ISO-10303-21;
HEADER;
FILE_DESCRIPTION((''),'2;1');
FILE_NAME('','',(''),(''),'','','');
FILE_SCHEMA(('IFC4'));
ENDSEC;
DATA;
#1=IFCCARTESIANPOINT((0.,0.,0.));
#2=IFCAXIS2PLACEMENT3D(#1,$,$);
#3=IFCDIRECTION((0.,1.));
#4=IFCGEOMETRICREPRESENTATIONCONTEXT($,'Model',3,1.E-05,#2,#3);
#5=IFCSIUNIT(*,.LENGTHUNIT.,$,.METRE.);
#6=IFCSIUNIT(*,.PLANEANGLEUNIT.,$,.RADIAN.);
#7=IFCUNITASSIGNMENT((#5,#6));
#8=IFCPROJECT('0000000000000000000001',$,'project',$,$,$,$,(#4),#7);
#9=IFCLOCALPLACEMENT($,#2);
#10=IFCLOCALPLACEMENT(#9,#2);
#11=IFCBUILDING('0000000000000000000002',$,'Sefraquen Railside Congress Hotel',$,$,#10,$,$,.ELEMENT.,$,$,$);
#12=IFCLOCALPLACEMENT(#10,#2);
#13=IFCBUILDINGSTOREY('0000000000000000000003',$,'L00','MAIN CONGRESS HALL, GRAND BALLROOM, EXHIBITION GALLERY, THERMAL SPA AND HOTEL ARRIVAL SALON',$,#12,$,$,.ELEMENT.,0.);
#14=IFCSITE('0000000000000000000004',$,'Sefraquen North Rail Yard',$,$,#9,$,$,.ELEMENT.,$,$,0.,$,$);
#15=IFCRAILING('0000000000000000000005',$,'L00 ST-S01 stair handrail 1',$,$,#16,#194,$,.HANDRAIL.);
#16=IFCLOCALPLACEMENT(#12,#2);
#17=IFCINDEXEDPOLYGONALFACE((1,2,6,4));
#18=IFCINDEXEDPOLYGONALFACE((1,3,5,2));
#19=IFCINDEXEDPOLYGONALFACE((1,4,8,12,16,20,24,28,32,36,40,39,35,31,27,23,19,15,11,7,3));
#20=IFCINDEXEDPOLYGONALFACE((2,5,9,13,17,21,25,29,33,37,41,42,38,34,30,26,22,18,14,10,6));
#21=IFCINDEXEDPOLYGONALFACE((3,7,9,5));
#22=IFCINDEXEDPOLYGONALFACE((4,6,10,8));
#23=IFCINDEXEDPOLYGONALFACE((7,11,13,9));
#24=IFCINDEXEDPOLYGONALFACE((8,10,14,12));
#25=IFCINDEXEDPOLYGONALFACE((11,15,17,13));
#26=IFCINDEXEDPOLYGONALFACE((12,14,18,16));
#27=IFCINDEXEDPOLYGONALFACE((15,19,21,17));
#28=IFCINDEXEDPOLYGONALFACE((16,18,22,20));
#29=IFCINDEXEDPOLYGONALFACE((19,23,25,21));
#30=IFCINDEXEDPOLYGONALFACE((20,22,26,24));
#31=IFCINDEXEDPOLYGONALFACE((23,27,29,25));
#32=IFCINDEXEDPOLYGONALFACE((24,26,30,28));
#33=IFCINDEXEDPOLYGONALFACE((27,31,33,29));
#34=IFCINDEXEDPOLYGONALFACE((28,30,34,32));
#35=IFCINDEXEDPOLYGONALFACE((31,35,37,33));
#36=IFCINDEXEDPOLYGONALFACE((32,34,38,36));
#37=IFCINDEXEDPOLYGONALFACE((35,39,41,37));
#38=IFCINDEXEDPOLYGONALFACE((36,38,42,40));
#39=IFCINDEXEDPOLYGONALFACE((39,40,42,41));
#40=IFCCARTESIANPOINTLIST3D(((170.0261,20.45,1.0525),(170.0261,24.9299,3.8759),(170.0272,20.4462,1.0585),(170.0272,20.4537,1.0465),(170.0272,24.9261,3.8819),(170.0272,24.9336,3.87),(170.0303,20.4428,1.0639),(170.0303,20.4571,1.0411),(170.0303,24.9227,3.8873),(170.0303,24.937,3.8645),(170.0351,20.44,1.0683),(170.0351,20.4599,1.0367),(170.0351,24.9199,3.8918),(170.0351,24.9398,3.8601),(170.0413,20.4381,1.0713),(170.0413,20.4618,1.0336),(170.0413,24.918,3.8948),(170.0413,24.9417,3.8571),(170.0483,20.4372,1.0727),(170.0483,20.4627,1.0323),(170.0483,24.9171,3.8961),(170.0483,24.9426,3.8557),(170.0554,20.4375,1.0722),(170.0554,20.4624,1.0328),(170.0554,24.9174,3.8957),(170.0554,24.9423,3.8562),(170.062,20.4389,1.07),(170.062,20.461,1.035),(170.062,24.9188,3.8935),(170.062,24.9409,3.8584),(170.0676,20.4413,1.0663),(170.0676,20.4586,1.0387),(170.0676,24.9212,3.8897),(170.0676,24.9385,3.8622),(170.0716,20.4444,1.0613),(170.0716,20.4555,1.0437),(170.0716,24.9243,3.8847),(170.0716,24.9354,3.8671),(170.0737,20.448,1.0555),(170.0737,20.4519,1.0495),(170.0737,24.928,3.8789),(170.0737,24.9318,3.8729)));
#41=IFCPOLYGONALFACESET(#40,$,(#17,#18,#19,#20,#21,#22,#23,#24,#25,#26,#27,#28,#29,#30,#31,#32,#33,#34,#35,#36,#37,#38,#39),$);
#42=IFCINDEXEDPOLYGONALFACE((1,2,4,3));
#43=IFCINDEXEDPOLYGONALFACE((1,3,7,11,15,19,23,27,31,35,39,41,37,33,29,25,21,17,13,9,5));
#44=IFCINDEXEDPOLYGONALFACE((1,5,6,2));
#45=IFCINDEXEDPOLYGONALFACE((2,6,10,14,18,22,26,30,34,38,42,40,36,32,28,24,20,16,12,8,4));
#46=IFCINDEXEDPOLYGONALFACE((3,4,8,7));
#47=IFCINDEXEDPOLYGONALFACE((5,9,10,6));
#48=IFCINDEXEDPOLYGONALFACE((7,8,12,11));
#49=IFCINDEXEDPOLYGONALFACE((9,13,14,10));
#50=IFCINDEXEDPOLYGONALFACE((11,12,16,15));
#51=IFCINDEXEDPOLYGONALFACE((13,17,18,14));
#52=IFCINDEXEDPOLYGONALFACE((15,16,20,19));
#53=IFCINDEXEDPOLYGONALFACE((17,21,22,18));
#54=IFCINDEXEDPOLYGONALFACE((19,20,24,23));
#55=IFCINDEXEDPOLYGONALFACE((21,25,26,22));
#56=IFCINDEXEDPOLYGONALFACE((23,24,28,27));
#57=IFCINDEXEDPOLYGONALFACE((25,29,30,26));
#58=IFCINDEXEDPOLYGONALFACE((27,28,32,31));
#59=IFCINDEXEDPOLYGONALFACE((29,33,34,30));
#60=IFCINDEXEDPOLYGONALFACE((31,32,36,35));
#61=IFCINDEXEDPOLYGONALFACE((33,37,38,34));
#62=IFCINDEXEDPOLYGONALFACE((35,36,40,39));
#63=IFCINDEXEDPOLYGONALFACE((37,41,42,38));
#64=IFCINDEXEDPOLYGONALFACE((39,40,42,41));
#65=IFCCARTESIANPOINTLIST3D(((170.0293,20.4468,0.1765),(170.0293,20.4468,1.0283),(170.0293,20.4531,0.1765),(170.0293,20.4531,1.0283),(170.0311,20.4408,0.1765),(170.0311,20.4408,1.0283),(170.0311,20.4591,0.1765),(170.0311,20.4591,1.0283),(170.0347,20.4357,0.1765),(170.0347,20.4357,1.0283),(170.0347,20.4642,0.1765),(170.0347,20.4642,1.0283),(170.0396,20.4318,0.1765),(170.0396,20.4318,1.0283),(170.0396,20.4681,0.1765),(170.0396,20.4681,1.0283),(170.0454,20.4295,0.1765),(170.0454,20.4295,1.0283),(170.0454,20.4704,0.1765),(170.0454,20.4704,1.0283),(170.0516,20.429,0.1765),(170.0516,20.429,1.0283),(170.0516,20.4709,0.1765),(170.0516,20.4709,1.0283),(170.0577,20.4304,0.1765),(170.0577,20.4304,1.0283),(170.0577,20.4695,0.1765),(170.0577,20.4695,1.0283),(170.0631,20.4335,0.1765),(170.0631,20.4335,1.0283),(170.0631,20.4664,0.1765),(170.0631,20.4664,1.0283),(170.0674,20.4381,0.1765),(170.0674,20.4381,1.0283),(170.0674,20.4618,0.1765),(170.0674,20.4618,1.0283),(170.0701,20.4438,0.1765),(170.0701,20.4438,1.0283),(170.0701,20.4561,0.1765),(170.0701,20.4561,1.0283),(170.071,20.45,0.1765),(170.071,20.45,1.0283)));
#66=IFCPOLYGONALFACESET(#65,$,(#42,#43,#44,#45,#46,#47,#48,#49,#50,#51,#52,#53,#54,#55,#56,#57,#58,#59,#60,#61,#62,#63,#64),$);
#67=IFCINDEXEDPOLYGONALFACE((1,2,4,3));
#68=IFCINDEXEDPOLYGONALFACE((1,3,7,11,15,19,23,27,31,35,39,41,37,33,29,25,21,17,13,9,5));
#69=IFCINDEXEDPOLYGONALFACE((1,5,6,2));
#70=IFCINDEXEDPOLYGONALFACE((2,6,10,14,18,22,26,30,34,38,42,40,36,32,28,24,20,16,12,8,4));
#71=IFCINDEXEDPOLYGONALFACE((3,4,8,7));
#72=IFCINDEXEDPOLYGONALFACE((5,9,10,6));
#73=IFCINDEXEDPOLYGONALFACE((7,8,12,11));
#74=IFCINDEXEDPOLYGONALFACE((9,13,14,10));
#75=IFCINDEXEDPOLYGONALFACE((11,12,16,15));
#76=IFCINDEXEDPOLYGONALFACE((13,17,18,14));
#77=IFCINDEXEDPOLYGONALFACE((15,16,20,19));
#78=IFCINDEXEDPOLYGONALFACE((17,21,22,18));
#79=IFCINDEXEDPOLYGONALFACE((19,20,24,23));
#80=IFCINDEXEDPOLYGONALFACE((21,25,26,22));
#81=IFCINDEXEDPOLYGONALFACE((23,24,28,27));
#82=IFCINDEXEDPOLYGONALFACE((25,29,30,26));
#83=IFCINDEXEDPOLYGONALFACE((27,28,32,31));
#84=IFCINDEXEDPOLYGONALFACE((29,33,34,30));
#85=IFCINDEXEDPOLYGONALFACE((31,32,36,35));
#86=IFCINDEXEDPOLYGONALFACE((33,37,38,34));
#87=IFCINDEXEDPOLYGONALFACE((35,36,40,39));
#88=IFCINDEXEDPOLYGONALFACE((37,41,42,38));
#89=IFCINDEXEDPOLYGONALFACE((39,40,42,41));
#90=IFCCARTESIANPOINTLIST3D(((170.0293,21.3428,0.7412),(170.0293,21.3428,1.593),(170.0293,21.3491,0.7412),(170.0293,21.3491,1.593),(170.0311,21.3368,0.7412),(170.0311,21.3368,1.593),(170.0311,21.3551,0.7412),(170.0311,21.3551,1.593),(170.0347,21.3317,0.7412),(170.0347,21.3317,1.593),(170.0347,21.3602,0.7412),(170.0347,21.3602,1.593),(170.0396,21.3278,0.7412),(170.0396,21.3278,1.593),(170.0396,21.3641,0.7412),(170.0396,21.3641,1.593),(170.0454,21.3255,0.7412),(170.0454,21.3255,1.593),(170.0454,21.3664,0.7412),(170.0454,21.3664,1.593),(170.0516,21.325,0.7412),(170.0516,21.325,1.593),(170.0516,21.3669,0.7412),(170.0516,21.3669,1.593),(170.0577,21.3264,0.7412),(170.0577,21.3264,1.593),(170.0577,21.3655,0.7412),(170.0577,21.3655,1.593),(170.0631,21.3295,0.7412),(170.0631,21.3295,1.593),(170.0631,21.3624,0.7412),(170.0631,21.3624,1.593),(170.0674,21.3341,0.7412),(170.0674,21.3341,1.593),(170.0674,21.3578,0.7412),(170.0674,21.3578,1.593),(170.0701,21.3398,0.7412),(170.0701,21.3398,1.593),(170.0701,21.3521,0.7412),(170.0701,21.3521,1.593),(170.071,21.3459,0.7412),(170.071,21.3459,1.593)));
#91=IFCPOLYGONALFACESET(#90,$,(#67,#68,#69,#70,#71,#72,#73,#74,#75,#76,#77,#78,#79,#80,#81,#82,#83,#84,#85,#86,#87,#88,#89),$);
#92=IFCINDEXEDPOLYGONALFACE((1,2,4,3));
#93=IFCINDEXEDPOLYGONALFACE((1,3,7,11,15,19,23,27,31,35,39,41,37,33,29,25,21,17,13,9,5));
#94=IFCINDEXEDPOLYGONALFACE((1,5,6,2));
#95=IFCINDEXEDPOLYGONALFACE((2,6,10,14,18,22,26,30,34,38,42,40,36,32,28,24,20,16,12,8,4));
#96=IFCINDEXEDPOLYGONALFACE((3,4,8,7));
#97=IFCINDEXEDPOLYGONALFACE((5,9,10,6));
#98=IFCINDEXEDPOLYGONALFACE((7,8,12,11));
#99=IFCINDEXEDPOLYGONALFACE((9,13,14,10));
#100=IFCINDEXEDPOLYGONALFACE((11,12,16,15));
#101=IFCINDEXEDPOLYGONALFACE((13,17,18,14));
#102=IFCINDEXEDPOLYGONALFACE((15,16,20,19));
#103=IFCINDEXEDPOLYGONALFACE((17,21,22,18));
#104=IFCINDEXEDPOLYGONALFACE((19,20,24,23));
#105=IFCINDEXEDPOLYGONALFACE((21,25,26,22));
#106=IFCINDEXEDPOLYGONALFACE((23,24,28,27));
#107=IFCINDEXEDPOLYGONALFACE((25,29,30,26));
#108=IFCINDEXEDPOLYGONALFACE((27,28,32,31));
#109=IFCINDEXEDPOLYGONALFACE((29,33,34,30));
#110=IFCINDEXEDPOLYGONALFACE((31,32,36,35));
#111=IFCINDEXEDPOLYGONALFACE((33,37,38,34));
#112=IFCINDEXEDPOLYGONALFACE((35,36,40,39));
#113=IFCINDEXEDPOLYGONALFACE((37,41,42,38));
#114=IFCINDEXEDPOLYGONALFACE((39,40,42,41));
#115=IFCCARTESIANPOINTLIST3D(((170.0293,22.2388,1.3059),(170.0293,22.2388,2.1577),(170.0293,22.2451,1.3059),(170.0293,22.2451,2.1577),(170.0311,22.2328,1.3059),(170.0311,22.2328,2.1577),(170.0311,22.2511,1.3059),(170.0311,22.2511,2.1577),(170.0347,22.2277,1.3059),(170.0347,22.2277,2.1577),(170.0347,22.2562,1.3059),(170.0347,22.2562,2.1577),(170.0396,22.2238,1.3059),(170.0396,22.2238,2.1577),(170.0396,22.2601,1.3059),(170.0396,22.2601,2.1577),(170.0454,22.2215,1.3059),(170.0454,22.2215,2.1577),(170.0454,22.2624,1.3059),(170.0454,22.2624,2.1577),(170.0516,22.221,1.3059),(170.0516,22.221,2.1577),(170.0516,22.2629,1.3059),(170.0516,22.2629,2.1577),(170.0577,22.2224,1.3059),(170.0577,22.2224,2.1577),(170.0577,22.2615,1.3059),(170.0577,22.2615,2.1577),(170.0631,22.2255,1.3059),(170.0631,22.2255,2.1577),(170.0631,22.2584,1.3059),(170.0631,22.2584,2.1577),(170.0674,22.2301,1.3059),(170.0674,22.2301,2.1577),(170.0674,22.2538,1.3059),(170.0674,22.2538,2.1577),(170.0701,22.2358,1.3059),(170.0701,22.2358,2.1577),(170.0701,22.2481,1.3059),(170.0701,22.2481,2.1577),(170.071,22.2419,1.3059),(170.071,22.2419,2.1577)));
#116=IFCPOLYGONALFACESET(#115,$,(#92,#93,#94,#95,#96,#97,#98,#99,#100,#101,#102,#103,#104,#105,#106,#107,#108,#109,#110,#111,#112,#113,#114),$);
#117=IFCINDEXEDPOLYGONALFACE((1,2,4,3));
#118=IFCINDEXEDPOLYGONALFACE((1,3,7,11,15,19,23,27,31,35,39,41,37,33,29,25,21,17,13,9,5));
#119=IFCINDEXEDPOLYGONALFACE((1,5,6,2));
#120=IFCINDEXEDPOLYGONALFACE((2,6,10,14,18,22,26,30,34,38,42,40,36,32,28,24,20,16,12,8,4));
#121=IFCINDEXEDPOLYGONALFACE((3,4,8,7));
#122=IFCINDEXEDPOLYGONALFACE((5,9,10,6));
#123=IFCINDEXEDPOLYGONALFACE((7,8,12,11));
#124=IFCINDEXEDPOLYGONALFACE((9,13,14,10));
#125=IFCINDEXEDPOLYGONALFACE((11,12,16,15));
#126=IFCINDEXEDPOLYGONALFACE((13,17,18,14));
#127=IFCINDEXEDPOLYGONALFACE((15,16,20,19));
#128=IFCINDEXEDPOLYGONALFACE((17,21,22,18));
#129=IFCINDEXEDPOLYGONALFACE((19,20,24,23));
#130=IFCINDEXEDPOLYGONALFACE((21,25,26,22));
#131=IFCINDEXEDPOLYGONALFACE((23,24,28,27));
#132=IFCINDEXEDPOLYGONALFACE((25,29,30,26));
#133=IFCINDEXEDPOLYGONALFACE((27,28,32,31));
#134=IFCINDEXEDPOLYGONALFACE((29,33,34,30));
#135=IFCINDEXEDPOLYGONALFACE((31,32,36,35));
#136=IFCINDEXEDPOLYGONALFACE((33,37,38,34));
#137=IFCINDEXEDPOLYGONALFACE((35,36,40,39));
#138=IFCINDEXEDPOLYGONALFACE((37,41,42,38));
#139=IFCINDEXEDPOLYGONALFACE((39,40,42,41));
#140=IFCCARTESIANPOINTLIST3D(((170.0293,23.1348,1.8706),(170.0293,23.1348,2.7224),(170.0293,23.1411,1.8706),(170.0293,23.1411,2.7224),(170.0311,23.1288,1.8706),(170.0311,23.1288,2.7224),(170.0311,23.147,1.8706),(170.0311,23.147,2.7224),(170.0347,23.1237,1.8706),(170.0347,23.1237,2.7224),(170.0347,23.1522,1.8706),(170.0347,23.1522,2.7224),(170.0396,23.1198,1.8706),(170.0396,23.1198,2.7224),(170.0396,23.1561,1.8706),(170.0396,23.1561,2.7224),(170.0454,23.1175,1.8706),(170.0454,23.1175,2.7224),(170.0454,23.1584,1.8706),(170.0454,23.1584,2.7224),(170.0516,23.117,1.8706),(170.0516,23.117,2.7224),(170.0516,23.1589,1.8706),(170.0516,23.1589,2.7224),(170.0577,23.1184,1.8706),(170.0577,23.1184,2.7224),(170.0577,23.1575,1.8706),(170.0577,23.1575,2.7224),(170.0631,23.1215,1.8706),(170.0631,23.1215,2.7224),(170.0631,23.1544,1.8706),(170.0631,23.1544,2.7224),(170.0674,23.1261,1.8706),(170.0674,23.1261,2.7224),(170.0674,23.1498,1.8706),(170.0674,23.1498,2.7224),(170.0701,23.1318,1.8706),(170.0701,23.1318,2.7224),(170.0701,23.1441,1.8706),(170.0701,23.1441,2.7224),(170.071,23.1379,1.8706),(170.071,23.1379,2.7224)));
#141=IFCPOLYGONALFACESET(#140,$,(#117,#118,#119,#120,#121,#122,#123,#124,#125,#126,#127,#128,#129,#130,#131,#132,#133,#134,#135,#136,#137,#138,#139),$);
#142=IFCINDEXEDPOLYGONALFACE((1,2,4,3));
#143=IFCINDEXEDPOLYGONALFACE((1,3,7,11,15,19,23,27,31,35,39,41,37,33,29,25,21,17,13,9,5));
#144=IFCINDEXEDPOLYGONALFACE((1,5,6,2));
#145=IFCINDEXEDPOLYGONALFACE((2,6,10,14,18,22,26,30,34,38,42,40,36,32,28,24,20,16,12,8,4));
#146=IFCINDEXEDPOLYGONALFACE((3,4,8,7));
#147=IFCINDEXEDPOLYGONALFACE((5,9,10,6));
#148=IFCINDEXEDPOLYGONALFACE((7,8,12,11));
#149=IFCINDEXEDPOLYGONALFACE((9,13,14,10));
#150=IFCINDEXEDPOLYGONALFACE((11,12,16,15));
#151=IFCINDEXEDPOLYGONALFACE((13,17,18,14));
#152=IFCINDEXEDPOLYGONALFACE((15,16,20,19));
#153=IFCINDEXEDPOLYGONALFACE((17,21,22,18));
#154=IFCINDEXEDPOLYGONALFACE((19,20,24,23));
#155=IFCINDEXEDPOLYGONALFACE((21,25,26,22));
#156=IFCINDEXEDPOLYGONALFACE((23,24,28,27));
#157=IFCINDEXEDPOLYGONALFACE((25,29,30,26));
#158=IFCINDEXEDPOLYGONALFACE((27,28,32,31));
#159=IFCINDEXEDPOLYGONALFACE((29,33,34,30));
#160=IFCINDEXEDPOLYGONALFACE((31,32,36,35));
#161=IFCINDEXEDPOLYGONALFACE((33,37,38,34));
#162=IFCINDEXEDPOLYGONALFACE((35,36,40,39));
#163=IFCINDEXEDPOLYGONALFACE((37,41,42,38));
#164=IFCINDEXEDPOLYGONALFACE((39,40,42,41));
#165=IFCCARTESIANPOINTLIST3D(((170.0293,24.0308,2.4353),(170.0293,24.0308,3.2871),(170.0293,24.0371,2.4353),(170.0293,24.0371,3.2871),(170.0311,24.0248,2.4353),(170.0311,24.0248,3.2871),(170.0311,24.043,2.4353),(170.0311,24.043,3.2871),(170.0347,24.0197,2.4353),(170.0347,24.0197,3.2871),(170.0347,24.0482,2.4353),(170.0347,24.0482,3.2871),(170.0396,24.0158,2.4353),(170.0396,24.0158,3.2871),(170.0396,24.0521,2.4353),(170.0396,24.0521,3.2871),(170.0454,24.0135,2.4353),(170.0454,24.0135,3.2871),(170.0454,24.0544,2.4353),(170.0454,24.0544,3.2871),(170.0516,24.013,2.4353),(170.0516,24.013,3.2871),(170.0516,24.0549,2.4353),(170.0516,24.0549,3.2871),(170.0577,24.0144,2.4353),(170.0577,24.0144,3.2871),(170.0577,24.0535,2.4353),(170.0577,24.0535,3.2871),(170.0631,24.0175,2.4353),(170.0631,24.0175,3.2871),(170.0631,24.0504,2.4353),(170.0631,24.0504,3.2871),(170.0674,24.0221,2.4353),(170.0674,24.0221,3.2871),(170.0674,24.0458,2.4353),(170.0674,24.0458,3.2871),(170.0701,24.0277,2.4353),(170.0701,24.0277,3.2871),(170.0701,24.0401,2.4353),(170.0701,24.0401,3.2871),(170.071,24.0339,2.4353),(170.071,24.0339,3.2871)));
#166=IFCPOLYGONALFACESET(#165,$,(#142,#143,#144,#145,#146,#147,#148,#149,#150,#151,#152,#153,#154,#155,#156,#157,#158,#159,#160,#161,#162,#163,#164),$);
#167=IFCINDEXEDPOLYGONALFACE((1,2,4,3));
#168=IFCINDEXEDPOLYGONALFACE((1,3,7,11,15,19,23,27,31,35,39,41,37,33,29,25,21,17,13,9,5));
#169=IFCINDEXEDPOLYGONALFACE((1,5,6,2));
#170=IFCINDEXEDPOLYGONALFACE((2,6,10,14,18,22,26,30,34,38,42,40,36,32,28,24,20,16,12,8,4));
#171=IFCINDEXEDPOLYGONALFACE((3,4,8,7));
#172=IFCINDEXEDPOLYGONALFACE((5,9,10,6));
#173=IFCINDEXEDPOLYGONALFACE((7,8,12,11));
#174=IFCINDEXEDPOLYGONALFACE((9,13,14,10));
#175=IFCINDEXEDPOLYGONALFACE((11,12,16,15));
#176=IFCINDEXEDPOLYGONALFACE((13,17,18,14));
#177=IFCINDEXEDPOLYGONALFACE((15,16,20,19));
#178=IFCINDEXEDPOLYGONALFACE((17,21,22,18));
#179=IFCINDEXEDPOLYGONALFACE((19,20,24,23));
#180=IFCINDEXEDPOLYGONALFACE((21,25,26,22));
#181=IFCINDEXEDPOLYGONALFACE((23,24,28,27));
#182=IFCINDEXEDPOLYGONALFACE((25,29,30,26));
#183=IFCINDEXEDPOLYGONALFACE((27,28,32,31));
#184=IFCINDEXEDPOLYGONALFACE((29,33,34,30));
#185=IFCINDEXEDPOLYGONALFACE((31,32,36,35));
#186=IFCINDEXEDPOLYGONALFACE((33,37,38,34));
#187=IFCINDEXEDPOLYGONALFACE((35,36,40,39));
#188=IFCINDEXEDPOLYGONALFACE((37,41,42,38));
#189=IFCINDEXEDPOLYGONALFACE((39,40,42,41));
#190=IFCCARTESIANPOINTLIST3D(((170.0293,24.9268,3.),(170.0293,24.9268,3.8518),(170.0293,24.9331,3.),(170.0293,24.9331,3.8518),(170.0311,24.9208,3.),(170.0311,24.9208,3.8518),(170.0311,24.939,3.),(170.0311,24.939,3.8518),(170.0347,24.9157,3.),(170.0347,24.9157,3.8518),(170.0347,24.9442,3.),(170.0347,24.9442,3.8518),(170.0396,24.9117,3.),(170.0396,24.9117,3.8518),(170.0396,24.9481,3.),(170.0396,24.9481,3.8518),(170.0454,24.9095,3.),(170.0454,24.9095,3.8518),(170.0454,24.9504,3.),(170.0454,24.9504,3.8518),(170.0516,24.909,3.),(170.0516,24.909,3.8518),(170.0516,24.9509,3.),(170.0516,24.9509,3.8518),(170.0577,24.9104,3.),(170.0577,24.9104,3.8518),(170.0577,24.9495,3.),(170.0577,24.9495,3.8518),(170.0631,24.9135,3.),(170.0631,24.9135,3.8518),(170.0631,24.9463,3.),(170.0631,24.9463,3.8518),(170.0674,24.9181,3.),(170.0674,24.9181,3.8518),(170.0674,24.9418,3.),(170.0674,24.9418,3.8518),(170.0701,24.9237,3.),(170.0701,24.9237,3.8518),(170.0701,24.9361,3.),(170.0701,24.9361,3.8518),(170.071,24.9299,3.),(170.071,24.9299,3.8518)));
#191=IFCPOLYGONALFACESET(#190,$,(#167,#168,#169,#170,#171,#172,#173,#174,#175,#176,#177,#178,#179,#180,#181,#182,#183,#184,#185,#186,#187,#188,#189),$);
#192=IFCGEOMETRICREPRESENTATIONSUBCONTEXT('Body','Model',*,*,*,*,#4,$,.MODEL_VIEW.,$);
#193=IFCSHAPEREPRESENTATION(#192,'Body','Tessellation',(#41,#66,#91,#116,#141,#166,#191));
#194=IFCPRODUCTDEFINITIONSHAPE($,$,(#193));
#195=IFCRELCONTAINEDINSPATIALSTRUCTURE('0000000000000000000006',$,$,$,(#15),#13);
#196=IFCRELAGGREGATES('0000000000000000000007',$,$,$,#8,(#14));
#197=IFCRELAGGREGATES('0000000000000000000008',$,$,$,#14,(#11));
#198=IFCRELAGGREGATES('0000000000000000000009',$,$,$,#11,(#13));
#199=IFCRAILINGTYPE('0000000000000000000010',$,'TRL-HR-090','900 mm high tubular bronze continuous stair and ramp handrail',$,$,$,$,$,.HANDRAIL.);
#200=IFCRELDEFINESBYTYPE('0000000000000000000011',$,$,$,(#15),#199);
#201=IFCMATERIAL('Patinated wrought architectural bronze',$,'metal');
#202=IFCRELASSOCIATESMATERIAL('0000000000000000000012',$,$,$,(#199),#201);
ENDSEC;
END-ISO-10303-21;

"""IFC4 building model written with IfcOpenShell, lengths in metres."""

from ifc_helpers import new_model, si_unit, direction, frame, origin, origin_2d, place, context, subcontext, project, spatial, circle, extrude, material, type_object, element, save


model = new_model("IFC4")

# Units and contexts
model_context = context("Model", 3, precision=1e-05, world=origin(), true_north=direction((0.0, 1.0)))
body_context = subcontext(model_context, "Body", "Model", "MODEL_VIEW")
ifc_project = project(units=[si_unit("LENGTHUNIT", "METRE"), si_unit("PLANEANGLEUNIT", "RADIAN")], contexts=[model_context])

# Site, building, storey
site_placement = place(None, origin())
site = spatial("IfcSite", under=ifc_project, at=site_placement, Name="Sefraquen North Rail Yard", CompositionType="ELEMENT", RefElevation=0.0)
building_placement = place(site_placement, origin())
building = spatial("IfcBuilding", under=site, at=building_placement, Name="Sefraquen Railside Congress Hotel", CompositionType="ELEMENT")
storey_placement = place(building_placement, origin())
storey = spatial("IfcBuildingStorey", under=building, at=storey_placement, Name="L00", Description="MAIN CONGRESS HALL, GRAND BALLROOM, EXHIBITION GALLERY, THERMAL SPA AND HOTEL ARRIVAL SALON", CompositionType="ELEMENT", Elevation=0.0)

# Railing
ifc_material_1 = material(Name="Patinated wrought architectural bronze", Category="metal")
railing_type_1 = type_object("IfcRailingType", Name="TRL-HR-090", Description="900 mm high tubular bronze continuous stair and ramp handrail", PredefinedType="HANDRAIL", material=ifc_material_1)
railing_1_placement = place(storey_placement, frame((170.05, 20.45, 0.1765)))
element("IfcRailing", 1, at=railing_1_placement, inside=storey, type_object=railing_type_1, Name="L00 ST-S01 stair handrail 1", PredefinedType="HANDRAIL", context=body_context, shape_type="SweptSolid", body=[
    extrude(circle(Radius=0.0239, at=origin_2d()), frame((0.0, 0.0, 0.876), z_axis=(0.0, 0.845998, 0.533186), x_axis=(-1.0, 0.0, 0.0)), (0.0, 0.0, 1.0), 5.2954),
    extrude(circle(Radius=0.021, at=origin_2d()), origin(), (0.0, 0.0, 1.0), 0.8518),
    extrude(circle(Radius=0.021, at=origin_2d()), frame((0.0, 0.896, 0.5647)), (0.0, 0.0, 1.0), 0.8518),
    extrude(circle(Radius=0.021, at=origin_2d()), frame((0.0, 1.792, 1.1294)), (0.0, 0.0, 1.0), 0.8518),
    extrude(circle(Radius=0.021, at=origin_2d()), frame((0.0, 2.688, 1.6941)), (0.0, 0.0, 1.0), 0.8518),
    extrude(circle(Radius=0.021, at=origin_2d()), frame((0.0, 3.584, 2.2588)), (0.0, 0.0, 1.0), 0.8518),
    extrude(circle(Radius=0.021, at=origin_2d()), frame((0.0, 4.48, 2.8235)), (0.0, 0.0, 1.0), 0.8518),
])

save(model, "model.ifc")
